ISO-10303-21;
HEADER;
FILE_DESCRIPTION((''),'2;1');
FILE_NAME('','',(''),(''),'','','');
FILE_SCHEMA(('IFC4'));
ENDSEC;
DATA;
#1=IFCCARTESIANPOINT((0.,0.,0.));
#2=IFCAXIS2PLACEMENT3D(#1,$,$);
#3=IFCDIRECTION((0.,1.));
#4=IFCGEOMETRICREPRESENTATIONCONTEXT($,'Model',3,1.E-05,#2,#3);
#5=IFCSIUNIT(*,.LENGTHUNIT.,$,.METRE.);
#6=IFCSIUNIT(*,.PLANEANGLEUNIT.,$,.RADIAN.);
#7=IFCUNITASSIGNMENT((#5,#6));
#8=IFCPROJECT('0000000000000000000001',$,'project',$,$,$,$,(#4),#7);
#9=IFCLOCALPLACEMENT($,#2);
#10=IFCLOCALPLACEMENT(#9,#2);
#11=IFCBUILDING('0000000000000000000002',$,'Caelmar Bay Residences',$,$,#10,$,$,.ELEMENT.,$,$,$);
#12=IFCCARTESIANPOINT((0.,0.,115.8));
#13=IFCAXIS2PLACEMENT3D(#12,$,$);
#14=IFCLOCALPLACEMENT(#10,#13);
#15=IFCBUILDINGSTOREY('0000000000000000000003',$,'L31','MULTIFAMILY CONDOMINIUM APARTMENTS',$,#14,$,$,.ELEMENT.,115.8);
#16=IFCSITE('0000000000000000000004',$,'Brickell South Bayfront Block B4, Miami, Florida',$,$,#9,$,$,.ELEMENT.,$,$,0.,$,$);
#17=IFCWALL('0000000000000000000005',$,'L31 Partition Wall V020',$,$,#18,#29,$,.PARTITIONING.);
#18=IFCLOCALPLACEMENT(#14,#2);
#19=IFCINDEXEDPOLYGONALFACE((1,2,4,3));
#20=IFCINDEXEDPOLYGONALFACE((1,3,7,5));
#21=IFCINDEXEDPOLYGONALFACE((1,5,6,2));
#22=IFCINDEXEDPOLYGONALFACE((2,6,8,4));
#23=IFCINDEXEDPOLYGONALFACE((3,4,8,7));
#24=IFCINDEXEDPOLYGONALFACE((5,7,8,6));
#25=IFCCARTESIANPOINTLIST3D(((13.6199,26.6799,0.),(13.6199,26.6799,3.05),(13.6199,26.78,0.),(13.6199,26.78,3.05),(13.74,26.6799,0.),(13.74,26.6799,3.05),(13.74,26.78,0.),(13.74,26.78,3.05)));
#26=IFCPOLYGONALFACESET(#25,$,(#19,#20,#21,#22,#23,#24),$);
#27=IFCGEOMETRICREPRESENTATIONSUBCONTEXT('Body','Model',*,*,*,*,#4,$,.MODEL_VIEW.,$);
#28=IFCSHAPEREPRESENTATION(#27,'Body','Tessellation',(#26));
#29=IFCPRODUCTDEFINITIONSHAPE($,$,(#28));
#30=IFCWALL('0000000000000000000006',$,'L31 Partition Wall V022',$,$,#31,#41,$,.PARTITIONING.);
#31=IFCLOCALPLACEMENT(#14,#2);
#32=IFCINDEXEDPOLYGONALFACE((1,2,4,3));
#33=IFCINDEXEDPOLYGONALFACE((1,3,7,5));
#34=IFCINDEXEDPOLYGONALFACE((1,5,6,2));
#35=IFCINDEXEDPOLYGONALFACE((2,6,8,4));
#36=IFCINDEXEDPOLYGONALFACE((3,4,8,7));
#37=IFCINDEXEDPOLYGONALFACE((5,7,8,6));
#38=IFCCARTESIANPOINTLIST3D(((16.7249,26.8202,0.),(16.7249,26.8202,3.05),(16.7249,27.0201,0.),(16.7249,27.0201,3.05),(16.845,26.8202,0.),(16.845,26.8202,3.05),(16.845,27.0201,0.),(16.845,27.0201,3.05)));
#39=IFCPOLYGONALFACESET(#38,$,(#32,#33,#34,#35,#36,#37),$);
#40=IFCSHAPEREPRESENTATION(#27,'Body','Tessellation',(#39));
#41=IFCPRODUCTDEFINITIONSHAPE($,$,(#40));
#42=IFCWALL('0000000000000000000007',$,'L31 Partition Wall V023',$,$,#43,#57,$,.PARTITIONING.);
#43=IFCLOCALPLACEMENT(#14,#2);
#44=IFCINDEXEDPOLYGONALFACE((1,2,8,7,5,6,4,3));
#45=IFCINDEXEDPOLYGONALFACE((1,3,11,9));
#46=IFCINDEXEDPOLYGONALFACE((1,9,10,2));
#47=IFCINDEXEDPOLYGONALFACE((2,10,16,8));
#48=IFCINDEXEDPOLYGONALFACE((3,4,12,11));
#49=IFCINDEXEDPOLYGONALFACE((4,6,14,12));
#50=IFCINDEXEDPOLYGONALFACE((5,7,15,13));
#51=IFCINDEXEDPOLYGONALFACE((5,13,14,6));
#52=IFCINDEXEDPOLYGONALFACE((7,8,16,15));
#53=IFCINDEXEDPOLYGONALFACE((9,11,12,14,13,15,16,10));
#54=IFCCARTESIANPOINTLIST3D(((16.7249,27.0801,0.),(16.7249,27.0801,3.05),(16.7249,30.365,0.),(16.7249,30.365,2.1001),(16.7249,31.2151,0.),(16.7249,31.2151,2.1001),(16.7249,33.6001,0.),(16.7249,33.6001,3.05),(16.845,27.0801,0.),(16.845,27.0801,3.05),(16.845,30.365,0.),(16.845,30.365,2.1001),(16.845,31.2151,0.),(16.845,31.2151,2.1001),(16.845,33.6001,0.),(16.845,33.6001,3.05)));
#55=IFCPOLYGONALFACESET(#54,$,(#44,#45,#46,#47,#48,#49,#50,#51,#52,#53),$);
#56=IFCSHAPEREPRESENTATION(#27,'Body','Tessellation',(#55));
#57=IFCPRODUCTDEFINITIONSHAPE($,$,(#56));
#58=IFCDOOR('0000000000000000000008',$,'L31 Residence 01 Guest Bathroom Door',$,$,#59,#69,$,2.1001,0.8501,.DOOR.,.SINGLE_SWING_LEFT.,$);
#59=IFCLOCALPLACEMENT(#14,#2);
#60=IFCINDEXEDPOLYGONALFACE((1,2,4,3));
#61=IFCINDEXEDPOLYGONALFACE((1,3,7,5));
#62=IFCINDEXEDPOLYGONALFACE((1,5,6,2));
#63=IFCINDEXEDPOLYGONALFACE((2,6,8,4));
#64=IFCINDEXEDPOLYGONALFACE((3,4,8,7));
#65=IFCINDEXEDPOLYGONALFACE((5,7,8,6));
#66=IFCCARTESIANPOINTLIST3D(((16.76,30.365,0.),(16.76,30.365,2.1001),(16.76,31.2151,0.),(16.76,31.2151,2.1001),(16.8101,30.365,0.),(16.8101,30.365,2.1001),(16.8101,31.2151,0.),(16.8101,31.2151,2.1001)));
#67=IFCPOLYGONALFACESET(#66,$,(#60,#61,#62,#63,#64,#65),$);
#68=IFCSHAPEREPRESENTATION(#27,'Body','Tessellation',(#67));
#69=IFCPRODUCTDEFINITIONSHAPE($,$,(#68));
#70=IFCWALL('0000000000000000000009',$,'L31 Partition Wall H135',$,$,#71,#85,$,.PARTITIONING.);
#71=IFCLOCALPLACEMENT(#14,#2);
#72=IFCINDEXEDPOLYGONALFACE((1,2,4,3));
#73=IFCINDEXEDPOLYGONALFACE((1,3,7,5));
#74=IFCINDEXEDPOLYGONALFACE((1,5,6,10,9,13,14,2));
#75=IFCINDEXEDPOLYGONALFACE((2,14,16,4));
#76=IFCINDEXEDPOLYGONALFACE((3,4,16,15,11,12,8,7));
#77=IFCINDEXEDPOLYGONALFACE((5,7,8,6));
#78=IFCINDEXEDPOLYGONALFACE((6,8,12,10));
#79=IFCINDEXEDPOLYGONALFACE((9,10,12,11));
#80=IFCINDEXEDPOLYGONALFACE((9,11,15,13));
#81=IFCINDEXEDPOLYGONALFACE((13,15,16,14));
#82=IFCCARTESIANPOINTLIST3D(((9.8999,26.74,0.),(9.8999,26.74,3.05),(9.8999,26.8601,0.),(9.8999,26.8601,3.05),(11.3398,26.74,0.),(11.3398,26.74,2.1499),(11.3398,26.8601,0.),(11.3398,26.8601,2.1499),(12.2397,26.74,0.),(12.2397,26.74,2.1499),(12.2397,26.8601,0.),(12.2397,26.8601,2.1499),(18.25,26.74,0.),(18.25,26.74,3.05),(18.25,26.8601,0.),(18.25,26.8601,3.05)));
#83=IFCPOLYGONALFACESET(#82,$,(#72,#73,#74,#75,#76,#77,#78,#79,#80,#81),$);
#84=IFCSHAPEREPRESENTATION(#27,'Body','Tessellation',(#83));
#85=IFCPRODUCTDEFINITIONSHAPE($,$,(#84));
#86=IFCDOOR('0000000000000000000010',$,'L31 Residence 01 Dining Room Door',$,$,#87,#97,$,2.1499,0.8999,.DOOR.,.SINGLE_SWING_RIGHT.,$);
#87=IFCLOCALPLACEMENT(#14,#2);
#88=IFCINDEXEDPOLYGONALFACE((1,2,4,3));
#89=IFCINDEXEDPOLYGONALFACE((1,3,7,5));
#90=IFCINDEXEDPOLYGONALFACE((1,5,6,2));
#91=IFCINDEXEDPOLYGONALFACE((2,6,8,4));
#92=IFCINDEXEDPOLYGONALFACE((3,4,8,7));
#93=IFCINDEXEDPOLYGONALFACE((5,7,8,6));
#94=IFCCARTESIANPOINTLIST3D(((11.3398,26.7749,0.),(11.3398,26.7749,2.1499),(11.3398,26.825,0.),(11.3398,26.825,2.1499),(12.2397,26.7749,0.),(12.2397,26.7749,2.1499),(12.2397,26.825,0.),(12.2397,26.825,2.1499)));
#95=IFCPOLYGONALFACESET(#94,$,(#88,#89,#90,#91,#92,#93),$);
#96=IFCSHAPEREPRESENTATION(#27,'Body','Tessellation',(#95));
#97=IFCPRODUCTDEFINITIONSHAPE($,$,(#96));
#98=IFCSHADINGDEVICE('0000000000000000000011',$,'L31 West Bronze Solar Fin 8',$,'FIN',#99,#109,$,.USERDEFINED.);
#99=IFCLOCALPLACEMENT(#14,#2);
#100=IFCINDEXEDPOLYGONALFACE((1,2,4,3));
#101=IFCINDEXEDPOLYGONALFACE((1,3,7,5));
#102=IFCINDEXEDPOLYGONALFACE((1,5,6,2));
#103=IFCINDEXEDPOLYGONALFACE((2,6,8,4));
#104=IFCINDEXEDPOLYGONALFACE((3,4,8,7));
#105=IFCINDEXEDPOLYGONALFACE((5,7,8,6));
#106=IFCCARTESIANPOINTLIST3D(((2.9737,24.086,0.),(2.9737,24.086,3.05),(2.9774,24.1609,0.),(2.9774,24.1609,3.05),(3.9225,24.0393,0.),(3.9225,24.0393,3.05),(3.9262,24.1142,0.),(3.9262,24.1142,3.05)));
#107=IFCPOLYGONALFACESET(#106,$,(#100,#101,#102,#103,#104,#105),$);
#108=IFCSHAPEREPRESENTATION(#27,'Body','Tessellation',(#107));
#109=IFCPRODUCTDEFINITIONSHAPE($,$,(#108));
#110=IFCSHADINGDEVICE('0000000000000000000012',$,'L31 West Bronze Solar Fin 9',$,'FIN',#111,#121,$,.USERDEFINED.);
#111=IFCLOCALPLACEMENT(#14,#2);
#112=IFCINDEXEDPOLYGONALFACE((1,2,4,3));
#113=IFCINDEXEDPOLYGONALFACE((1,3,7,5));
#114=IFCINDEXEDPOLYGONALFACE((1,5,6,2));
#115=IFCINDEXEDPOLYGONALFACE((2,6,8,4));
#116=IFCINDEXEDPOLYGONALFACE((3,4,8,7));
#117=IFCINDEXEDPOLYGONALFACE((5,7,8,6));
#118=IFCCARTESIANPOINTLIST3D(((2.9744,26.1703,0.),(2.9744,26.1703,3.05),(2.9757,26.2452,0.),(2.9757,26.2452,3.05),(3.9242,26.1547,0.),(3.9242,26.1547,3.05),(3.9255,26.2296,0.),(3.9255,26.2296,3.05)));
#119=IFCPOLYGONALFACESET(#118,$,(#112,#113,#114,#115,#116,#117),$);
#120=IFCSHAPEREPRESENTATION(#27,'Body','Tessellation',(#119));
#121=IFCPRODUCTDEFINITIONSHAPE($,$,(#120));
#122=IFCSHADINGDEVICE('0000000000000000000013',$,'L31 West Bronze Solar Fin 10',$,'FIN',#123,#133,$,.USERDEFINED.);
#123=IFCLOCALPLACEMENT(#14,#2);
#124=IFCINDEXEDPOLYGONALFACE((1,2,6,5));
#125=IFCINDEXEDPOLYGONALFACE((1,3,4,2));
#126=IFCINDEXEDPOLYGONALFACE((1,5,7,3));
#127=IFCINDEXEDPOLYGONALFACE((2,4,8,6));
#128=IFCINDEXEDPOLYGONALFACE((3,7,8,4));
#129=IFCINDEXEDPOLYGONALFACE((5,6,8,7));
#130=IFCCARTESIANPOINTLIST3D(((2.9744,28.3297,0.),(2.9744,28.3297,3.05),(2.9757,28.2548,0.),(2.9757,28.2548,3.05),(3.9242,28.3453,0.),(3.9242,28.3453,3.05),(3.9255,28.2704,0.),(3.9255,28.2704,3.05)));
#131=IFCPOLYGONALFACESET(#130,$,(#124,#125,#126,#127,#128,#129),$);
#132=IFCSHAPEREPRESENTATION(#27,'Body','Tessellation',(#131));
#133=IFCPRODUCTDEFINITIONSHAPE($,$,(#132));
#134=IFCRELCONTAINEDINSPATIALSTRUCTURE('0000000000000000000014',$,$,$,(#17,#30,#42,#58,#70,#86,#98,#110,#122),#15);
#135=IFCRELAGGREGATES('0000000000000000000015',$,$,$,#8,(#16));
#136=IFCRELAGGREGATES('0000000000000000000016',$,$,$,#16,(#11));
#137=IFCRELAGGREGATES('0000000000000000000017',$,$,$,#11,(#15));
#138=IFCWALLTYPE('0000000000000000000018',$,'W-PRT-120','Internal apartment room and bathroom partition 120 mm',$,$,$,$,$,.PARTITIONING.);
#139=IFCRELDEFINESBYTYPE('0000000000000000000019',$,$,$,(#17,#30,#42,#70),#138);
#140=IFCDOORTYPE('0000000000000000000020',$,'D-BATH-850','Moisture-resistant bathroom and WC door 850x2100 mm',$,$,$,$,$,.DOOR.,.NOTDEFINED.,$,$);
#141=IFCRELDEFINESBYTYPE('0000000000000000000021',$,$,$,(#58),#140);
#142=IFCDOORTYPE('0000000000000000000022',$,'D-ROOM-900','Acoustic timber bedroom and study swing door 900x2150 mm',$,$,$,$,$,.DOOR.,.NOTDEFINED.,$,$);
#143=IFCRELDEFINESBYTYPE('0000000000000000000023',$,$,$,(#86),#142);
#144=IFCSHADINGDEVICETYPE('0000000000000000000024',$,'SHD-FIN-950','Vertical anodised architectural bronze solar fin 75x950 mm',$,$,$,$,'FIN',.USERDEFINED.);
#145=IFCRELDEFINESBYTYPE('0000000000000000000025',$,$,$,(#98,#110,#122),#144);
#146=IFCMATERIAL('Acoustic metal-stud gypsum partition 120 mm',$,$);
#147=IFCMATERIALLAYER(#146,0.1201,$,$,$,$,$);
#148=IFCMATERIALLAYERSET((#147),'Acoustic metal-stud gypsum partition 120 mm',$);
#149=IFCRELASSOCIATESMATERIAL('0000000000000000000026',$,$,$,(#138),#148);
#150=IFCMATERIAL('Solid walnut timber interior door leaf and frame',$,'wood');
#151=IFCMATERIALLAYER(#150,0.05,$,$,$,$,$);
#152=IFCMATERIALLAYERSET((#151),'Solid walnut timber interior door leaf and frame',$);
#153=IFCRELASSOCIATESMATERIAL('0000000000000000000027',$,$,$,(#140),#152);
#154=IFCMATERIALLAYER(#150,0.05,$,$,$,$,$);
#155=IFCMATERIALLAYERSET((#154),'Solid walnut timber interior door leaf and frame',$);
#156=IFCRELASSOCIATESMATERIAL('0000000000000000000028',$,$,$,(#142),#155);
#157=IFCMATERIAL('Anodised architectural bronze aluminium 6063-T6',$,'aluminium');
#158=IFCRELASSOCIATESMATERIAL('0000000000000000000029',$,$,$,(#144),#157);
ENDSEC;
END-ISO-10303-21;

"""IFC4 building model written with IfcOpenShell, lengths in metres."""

from ifc_helpers import new_model, si_unit, direction, frame, frame_2d, origin, origin_2d, place, context, subcontext, project, spatial, rectangle, extrude, material, layer, layer_set, material_profile, profile_set, type_object, element, fill, save


model = new_model("IFC4")

# Units and contexts
model_context = context("Model", 3, precision=1e-05, world=origin(), true_north=direction((0.0, 1.0)))
body_context = subcontext(model_context, "Body", "Model", "MODEL_VIEW")
ifc_project = project(units=[si_unit("LENGTHUNIT", "METRE"), si_unit("PLANEANGLEUNIT", "RADIAN")], contexts=[model_context])

# Site, building, storey
site_placement = place(None, origin())
site = spatial("IfcSite", under=ifc_project, at=site_placement, Name="Brickell South Bayfront Block B4, Miami, Florida", CompositionType="ELEMENT", RefElevation=0.0)
building_placement = place(site_placement, origin())
building = spatial("IfcBuilding", under=site, at=building_placement, Name="Caelmar Bay Residences", CompositionType="ELEMENT")
storey_placement = place(building_placement, frame((0.0, 0.0, 115.8)))
storey = spatial("IfcBuildingStorey", under=building, at=storey_placement, Name="L31", Description="MULTIFAMILY CONDOMINIUM APARTMENTS", CompositionType="ELEMENT", Elevation=115.8)

# Walls
ifc_material_1 = material(Name="Acoustic metal-stud gypsum partition 120 mm")
ifc_layer_1 = layer(ifc_material_1, 0.1201)
ifc_layer_set_1 = layer_set([ifc_layer_1], Name="Acoustic metal-stud gypsum partition 120 mm")
wall_type_1 = type_object("IfcWallType", Name="W-PRT-120", Description="Internal apartment room and bathroom partition 120 mm", PredefinedType="PARTITIONING", material=ifc_layer_set_1)
wall_1_placement = place(storey_placement, frame((13.6799, 26.6799, 0.0), z_axis=(0.0, 0.0, 1.0), x_axis=(0.0, 1.0, 0.0)))
element("IfcWall", 1, at=wall_1_placement, inside=storey, type_object=wall_type_1, Name="L31 Partition Wall V020", PredefinedType="PARTITIONING", context=body_context, shape_type="SweptSolid", body=[
    extrude(rectangle(XDim=0.1001, YDim=0.1201, at=frame_2d((0.05, 0.0))), origin(), (0.0, 0.0, 1.0), 3.05),
])
wall_2_placement = place(storey_placement, frame((16.7849, 26.8201, 0.0), z_axis=(0.0, 0.0, 1.0), x_axis=(0.0, 1.0, 0.0)))
element("IfcWall", 2, at=wall_2_placement, inside=storey, type_object=wall_type_1, Name="L31 Partition Wall V022", PredefinedType="PARTITIONING", context=body_context, shape_type="SweptSolid", body=[
    extrude(rectangle(XDim=0.2, YDim=0.1201, at=frame_2d((0.1001, 0.0))), origin(), (0.0, 0.0, 1.0), 3.05),
])

# Walls, openings, doors
wall_3_placement = place(storey_placement, frame((16.7849, 27.0801, 0.0), z_axis=(0.0, 0.0, 1.0), x_axis=(0.0, 1.0, 0.0)))
wall_3 = element("IfcWall", 3, at=wall_3_placement, inside=storey, type_object=wall_type_1, Name="L31 Partition Wall V023", PredefinedType="PARTITIONING", context=body_context, shape_type="SweptSolid", body=[
    extrude(rectangle(XDim=6.52, YDim=0.1201, at=frame_2d((3.26, 0.0))), origin(), (0.0, 0.0, 1.0), 3.05),
])
opening_1_placement = place(wall_3_placement, frame((3.2849, 0.0, 0.0)))
opening_1 = element("IfcOpeningElement", 4, at=opening_1_placement, cuts=wall_3, PredefinedType="OPENING", context=body_context, shape_type="SweptSolid", body=[
    extrude(rectangle(XDim=0.8501, YDim=2.1001, at=frame_2d((0.425, 1.05))), frame((0.0, 0.0701, 0.0), z_axis=(0.0, -1.0, 0.0), x_axis=(1.0, 0.0, 0.0)), (0.0, 0.0, 1.0), 0.1401),
])
ifc_material_2 = material(Name="Solid walnut timber interior door leaf and frame", Category="wood")
ifc_layer_2 = layer(ifc_material_2, 0.05)
ifc_layer_set_2 = layer_set([ifc_layer_2], Name="Solid walnut timber interior door leaf and frame")
door_type_1 = type_object("IfcDoorType", Name="D-BATH-850", Description="Moisture-resistant bathroom and WC door 850x2100 mm", OperationType="NOTDEFINED", PredefinedType="DOOR", material=ifc_layer_set_2)
door_1_placement = place(opening_1_placement, origin())
door_1 = element("IfcDoor", 5, at=door_1_placement, inside=storey, type_object=door_type_1, Name="L31 Residence 01 Guest Bathroom Door", OperationType="SINGLE_SWING_LEFT", OverallHeight=2.1001, OverallWidth=0.8501, PredefinedType="DOOR", context=body_context, shape_type="SweptSolid", body=[
    extrude(rectangle(XDim=0.8501, YDim=2.1001, at=frame_2d((0.425, 1.05))), frame((0.0, 0.0249, 0.0), z_axis=(0.0, -1.0, 0.0), x_axis=(1.0, 0.0, 0.0)), (0.0, 0.0, 1.0), 0.05),
])
fill(opening_1, door_1)
wall_4_placement = place(storey_placement, frame((9.8999, 26.8, 0.0), z_axis=(0.0, 0.0, 1.0), x_axis=(1.0, 0.0, 0.0)))
wall_4 = element("IfcWall", 6, at=wall_4_placement, inside=storey, type_object=wall_type_1, Name="L31 Partition Wall H135", PredefinedType="PARTITIONING", context=body_context, shape_type="SweptSolid", body=[
    extrude(rectangle(XDim=8.3501, YDim=0.1201, at=frame_2d((4.175, 0.0))), origin(), (0.0, 0.0, 1.0), 3.05),
])
opening_2_placement = place(wall_4_placement, frame((1.4399, 0.0, 0.0)))
opening_2 = element("IfcOpeningElement", 7, at=opening_2_placement, cuts=wall_4, PredefinedType="OPENING", context=body_context, shape_type="SweptSolid", body=[
    extrude(rectangle(XDim=0.8999, YDim=2.1499, at=frame_2d((0.45, 1.075))), frame((0.0, 0.0701, 0.0), z_axis=(0.0, -1.0, 0.0), x_axis=(1.0, 0.0, 0.0)), (0.0, 0.0, 1.0), 0.1401),
])
ifc_layer_3 = layer(ifc_material_2, 0.05)
ifc_layer_set_3 = layer_set([ifc_layer_3], Name="Solid walnut timber interior door leaf and frame")
door_type_2 = type_object("IfcDoorType", Name="D-ROOM-900", Description="Acoustic timber bedroom and study swing door 900x2150 mm", OperationType="NOTDEFINED", PredefinedType="DOOR", material=ifc_layer_set_3)
door_2_placement = place(opening_2_placement, origin())
door_2 = element("IfcDoor", 8, at=door_2_placement, inside=storey, type_object=door_type_2, Name="L31 Residence 01 Dining Room Door", OperationType="SINGLE_SWING_RIGHT", OverallHeight=2.1499, OverallWidth=0.8999, PredefinedType="DOOR", context=body_context, shape_type="SweptSolid", body=[
    extrude(rectangle(XDim=0.8999, YDim=2.1499, at=frame_2d((0.45, 1.075))), frame((0.0, 0.0249, 0.0), z_axis=(0.0, -1.0, 0.0), x_axis=(1.0, 0.0, 0.0)), (0.0, 0.0, 1.0), 0.05),
])
fill(opening_2, door_2)

# Shading devices
ifc_material_3 = material(Name="Anodised architectural bronze aluminium 6063-T6", Category="aluminium")
ifc_material_profile_1 = material_profile(ifc_material_3, rectangle(XDim=0.075, YDim=0.95, at=origin_2d()), Name="BRONZE-FIN-75X950")
ifc_profile_set_1 = profile_set([ifc_material_profile_1], Name="Anodised architectural bronze aluminium 6063-T6")
shading_device_type = type_object("IfcShadingDeviceType", Name="SHD-FIN-950", Description="Vertical anodised architectural bronze solar fin 75x950 mm", ElementType="FIN", PredefinedType="USERDEFINED", material=ifc_profile_set_1)
for number, where, z_axis, x_axis, name in (
    (9, (3.45, 24.1001, 0.0), (0.0, 0.0, 1.0), (0.049198, 0.998789, 0.0), "L31 West Bronze Solar Fin 8"),
    (10, (3.45, 26.2, 0.0), (0.0, 0.0, 1.0), (0.016405, 0.999865, 0.0), "L31 West Bronze Solar Fin 9"),
    (11, (3.45, 28.3, 0.0), (0.0, 0.0, 1.0), (-0.016405, 0.999865, 0.0), "L31 West Bronze Solar Fin 10"),
):
    element("IfcShadingDevice", number, at=place(storey_placement, frame(where, z_axis=z_axis, x_axis=x_axis)), inside=storey, type_object=shading_device_type, Name=name, ObjectType="FIN", PredefinedType="USERDEFINED", context=body_context, shape_type="SweptSolid", body=[
        extrude(rectangle(XDim=0.075, YDim=0.95, at=origin_2d()), origin(), (0.0, 0.0, 1.0), 3.05),
    ])

save(model, "model.ifc")
